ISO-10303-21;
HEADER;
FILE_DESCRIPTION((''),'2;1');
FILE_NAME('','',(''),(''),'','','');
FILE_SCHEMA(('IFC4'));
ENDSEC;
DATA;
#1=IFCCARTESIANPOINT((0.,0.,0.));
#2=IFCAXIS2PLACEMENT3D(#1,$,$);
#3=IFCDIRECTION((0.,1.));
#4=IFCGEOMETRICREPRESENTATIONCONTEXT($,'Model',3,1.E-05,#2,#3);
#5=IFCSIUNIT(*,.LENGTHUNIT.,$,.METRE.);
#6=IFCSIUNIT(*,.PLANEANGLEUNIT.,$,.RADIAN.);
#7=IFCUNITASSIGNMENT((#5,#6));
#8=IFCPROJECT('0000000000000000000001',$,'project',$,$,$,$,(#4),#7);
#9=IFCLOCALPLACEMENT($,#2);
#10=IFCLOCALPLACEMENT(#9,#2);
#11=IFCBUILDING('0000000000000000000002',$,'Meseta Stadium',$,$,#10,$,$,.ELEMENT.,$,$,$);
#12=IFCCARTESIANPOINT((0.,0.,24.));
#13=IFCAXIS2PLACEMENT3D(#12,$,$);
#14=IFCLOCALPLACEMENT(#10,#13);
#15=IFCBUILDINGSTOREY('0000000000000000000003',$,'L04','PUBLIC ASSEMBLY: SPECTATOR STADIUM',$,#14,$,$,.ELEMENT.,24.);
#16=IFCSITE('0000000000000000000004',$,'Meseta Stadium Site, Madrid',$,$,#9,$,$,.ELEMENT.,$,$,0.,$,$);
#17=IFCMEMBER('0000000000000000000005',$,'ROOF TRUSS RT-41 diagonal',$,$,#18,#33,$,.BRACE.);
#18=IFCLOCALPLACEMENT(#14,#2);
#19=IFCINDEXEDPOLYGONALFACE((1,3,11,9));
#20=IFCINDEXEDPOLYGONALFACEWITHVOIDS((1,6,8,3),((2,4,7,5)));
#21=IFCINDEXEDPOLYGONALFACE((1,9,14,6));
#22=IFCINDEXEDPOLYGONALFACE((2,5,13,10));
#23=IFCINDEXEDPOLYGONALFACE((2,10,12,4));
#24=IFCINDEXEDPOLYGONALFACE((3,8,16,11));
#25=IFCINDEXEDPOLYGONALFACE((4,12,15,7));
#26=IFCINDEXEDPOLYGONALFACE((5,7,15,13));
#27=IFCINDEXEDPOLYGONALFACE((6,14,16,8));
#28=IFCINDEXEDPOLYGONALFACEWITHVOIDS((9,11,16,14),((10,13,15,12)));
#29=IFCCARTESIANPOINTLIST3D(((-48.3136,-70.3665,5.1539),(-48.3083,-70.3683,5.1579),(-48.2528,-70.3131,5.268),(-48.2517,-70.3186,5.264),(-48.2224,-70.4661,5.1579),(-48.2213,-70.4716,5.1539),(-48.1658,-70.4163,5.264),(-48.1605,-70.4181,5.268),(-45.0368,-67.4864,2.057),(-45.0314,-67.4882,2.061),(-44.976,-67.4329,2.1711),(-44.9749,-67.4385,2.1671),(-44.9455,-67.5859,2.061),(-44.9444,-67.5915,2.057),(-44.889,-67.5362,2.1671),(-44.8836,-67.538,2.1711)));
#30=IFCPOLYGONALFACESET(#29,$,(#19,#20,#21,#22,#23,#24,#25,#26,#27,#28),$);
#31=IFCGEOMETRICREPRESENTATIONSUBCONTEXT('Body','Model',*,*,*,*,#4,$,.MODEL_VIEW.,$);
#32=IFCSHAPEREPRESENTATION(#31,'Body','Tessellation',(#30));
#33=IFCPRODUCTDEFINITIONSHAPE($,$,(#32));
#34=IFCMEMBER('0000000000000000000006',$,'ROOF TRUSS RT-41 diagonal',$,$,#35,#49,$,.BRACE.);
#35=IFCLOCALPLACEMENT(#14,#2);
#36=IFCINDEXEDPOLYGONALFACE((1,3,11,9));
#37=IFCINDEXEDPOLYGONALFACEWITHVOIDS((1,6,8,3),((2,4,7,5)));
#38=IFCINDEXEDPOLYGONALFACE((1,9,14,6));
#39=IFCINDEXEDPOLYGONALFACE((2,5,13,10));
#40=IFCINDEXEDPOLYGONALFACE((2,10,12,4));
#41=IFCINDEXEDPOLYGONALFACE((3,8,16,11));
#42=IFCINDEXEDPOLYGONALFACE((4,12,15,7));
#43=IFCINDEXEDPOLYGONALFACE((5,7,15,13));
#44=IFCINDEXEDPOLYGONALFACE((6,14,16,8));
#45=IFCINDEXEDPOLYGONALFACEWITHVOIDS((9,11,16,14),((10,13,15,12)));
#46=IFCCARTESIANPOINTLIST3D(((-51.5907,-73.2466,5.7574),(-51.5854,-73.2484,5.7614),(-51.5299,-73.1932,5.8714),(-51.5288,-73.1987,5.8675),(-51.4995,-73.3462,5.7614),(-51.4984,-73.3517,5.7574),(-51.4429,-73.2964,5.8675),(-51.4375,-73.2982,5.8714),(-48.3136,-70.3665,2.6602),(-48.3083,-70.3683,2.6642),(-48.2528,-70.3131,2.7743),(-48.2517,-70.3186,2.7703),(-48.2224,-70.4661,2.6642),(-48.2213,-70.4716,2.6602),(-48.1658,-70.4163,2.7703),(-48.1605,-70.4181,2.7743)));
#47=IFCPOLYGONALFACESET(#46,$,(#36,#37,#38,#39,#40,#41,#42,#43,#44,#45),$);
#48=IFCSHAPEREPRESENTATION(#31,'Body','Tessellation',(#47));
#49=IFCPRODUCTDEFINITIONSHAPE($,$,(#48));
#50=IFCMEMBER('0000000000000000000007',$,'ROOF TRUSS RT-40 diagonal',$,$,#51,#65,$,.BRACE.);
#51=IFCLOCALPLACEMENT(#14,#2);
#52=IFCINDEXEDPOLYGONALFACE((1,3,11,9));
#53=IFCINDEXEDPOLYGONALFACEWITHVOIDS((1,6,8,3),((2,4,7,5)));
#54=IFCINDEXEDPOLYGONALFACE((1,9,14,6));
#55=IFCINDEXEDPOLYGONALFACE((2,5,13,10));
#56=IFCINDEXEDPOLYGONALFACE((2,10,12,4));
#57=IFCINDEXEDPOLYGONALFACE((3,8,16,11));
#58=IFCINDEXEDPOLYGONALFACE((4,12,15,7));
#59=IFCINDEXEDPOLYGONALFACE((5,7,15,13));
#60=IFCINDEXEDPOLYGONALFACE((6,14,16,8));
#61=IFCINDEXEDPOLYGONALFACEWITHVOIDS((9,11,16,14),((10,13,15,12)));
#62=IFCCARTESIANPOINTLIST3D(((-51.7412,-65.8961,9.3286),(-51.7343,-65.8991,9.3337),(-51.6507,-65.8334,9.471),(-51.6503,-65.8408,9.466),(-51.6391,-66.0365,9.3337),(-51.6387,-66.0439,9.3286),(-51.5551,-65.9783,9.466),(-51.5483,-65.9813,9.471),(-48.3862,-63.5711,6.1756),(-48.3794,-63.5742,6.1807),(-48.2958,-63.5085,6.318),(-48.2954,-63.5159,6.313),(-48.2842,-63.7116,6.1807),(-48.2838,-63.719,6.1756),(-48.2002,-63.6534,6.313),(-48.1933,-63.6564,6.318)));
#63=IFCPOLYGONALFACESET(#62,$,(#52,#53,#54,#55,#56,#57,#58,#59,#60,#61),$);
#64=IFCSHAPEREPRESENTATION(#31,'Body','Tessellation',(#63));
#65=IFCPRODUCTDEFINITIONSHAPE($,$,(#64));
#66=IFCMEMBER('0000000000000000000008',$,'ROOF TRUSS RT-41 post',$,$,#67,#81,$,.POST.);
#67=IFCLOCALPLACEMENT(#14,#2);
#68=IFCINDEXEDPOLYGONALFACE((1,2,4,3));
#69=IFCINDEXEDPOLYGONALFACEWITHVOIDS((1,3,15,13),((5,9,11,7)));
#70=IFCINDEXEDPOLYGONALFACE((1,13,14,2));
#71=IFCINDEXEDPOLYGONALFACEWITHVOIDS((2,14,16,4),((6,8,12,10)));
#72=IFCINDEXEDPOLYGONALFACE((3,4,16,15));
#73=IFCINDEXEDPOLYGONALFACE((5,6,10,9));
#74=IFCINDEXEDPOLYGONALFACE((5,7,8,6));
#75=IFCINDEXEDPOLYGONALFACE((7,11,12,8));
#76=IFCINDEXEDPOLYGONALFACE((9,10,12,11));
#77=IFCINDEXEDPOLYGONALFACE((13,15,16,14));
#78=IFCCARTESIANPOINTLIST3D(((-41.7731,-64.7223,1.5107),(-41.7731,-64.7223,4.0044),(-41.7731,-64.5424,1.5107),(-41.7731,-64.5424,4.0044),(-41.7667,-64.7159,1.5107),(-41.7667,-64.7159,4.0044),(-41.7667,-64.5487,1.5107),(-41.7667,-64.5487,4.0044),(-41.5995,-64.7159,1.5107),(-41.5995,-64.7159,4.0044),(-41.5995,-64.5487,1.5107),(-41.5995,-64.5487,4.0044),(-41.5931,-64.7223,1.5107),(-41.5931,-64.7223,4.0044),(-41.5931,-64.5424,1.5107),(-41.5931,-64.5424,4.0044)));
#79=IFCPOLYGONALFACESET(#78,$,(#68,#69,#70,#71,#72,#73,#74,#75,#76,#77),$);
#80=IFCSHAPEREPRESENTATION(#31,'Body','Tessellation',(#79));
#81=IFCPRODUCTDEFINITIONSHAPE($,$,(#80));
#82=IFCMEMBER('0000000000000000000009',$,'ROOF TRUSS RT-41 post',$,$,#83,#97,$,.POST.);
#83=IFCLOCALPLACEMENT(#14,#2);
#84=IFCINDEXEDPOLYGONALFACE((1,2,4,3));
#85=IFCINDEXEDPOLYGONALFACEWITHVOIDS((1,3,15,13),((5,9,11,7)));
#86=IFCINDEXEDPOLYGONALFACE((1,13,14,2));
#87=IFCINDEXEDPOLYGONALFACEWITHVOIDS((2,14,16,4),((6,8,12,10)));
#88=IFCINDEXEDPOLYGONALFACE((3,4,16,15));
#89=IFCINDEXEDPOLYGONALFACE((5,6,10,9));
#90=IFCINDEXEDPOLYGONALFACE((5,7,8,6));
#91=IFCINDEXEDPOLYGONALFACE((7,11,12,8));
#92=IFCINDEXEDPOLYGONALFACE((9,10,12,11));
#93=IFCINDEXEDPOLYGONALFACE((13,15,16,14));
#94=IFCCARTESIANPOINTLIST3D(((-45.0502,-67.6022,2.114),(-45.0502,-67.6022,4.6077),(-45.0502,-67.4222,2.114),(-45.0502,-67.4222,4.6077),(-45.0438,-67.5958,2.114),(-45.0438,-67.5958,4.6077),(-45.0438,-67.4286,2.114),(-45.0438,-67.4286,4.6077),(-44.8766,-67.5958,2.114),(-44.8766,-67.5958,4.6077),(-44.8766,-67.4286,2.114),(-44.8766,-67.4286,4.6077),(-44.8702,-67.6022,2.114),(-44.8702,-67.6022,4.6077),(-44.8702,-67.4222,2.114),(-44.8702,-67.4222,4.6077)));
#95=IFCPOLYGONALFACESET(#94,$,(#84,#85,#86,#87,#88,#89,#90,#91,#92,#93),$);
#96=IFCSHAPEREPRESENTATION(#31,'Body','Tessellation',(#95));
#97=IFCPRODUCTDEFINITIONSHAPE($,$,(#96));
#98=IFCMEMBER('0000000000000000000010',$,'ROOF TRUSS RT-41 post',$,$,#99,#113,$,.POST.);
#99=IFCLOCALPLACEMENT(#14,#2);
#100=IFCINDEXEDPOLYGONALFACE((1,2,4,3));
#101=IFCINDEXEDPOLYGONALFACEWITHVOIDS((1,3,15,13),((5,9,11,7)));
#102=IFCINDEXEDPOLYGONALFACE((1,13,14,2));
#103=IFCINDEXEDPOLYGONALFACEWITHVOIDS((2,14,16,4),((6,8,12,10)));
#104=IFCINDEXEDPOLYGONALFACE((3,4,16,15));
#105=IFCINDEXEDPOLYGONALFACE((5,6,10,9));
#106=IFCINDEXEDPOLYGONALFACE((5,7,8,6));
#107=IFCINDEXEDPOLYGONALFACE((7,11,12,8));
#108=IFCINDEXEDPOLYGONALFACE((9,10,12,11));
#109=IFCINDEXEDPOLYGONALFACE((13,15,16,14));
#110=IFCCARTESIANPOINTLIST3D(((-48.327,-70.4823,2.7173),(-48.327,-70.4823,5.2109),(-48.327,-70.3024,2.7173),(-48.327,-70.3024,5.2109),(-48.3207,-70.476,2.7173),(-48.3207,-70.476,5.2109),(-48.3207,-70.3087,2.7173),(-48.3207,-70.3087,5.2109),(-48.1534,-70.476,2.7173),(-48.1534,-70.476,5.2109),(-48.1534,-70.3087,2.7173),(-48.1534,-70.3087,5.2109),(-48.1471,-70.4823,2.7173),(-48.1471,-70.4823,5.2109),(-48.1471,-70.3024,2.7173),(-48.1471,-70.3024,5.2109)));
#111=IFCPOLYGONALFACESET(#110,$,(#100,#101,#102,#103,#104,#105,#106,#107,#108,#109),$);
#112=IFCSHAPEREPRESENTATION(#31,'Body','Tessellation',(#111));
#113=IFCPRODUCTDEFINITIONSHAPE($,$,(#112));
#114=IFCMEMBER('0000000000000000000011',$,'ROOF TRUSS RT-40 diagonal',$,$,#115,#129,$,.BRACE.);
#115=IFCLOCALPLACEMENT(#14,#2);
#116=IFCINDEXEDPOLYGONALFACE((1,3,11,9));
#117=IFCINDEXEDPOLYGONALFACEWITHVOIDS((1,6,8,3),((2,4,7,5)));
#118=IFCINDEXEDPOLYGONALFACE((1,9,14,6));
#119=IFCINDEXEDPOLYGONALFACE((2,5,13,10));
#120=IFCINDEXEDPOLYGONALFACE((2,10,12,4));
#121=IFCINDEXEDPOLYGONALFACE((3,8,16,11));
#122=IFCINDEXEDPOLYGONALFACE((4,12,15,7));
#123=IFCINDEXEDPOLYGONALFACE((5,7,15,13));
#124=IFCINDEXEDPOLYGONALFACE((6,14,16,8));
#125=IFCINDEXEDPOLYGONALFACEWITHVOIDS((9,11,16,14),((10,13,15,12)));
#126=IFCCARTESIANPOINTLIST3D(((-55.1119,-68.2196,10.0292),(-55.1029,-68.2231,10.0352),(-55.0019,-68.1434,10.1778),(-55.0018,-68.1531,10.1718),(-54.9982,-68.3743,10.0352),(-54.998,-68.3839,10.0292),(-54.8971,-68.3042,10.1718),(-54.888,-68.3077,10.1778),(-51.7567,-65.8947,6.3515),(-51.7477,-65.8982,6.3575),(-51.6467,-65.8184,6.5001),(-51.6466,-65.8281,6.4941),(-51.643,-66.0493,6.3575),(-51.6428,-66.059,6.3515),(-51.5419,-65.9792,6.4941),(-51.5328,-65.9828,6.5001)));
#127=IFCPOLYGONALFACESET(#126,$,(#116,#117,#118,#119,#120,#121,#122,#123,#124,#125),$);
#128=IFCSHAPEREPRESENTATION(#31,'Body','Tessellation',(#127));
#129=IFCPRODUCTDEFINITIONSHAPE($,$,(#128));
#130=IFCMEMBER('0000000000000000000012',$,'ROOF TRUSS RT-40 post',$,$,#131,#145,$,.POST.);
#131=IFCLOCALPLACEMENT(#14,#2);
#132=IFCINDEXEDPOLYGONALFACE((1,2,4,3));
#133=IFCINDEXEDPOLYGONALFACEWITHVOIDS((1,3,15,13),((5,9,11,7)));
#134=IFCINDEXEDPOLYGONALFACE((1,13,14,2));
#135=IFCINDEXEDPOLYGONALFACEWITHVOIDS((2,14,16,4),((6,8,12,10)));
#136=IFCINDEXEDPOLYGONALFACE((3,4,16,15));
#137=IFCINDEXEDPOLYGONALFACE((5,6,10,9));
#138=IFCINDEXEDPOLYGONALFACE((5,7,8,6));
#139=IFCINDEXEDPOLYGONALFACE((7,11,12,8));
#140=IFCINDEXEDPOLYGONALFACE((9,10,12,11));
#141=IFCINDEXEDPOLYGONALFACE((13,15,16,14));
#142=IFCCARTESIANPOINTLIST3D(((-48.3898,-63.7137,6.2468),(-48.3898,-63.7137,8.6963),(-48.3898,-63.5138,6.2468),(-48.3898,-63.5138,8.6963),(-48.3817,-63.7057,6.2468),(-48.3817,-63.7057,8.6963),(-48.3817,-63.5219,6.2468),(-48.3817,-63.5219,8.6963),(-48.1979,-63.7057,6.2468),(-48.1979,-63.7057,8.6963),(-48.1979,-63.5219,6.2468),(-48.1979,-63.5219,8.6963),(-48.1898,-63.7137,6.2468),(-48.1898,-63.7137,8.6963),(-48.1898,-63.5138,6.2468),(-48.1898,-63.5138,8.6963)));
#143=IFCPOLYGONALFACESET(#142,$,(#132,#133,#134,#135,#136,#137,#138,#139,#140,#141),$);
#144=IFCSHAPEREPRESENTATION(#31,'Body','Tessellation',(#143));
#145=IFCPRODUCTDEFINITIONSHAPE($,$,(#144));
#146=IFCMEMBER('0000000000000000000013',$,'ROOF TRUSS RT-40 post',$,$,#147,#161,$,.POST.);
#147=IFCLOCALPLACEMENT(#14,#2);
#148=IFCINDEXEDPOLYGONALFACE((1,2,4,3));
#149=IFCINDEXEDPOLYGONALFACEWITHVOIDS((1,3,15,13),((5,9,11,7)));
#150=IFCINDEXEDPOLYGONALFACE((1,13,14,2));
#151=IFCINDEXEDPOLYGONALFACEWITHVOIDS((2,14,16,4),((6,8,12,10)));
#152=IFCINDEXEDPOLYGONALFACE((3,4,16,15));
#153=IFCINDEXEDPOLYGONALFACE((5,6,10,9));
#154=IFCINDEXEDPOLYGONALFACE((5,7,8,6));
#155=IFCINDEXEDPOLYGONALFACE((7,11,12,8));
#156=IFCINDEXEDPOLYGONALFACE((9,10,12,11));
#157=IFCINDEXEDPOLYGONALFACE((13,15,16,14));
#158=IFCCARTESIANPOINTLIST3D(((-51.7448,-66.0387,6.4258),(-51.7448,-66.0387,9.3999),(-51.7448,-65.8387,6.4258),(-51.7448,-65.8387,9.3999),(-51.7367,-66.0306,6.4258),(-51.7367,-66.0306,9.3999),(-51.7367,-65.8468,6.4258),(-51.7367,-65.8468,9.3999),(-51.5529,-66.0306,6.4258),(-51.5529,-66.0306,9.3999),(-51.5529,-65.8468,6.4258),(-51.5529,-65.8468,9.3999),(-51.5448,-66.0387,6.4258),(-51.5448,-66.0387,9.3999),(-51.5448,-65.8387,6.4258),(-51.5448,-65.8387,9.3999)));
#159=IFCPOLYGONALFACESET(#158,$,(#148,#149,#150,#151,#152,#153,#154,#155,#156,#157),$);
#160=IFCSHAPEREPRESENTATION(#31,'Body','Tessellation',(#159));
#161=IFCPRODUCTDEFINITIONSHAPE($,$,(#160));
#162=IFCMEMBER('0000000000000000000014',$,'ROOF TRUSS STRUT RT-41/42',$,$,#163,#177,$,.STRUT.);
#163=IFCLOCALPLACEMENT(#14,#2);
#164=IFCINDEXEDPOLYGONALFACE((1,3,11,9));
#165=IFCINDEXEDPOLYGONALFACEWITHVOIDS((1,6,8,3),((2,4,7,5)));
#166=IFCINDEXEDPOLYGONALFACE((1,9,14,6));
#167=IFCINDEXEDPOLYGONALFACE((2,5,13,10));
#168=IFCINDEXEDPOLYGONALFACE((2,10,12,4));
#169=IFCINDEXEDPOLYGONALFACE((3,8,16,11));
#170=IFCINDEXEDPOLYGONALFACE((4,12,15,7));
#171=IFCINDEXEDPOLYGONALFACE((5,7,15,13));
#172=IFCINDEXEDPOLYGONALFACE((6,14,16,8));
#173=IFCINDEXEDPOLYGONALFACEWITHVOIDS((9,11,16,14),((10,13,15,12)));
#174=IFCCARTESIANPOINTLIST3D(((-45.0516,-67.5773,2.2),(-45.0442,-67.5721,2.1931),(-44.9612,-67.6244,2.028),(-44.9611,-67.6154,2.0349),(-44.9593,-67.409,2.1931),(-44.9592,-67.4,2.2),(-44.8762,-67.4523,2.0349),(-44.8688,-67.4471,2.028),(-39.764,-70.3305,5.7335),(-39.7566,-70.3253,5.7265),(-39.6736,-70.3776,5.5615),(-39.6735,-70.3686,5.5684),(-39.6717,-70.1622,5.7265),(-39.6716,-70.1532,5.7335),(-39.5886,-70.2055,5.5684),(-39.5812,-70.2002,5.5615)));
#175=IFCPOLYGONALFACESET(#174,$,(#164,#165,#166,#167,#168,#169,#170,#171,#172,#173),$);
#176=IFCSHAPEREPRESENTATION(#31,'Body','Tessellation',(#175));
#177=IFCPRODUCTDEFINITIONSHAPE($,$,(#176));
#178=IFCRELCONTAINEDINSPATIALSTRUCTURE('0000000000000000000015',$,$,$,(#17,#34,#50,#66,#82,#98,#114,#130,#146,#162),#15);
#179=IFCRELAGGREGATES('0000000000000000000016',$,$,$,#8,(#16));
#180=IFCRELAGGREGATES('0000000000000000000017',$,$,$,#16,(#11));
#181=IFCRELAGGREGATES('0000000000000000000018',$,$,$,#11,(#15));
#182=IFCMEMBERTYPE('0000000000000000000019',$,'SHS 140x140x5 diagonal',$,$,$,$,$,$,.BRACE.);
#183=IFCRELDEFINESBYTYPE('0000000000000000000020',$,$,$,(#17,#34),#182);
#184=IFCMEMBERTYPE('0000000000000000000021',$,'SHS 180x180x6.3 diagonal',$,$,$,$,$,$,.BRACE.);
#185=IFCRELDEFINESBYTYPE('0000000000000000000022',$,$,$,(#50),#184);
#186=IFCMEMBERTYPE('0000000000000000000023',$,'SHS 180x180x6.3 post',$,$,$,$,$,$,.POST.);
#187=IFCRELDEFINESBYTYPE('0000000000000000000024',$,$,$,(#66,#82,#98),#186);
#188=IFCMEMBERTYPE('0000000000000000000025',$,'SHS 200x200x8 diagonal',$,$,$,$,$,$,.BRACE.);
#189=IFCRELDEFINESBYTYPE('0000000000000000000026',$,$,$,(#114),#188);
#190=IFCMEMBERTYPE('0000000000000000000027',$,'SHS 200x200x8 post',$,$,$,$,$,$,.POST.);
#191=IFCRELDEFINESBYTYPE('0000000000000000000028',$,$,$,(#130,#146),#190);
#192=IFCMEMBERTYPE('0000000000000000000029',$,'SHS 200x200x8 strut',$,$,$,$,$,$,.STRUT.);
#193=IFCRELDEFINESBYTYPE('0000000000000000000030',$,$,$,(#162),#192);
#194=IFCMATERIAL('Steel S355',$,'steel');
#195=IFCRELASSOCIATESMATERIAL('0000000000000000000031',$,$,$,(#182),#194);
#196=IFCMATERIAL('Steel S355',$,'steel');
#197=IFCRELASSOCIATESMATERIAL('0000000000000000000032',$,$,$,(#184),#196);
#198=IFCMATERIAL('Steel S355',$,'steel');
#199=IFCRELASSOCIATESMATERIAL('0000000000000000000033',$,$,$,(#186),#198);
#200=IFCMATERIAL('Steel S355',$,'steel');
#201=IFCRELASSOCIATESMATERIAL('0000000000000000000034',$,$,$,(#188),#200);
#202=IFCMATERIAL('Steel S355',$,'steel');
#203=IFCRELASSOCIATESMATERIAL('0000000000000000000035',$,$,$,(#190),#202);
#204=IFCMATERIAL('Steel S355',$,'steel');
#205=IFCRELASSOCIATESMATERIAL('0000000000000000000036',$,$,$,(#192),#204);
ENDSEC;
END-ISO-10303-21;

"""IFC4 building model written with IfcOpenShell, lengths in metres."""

from ifc_helpers import new_model, si_unit, direction, frame, origin, origin_2d, place, context, subcontext, project, spatial, hollow_rectangle, extrude, material, material_profile, profile_set, type_object, element, save


model = new_model("IFC4")

# Units and contexts
model_context = context("Model", 3, precision=1e-05, world=origin(), true_north=direction((0.0, 1.0)))
body_context = subcontext(model_context, "Body", "Model", "MODEL_VIEW")
ifc_project = project(units=[si_unit("LENGTHUNIT", "METRE"), si_unit("PLANEANGLEUNIT", "RADIAN")], contexts=[model_context])

# Site, building, storey
site_placement = place(None, origin())
site = spatial("IfcSite", under=ifc_project, at=site_placement, Name="Meseta Stadium Site, Madrid", CompositionType="ELEMENT", RefElevation=0.0)
building_placement = place(site_placement, origin())
building = spatial("IfcBuilding", under=site, at=building_placement, Name="Meseta Stadium", CompositionType="ELEMENT")
storey_placement = place(building_placement, frame((0.0, 0.0, 24.0)))
storey = spatial("IfcBuildingStorey", under=building, at=storey_placement, Name="L04", Description="PUBLIC ASSEMBLY: SPECTATOR STADIUM", CompositionType="ELEMENT", Elevation=24.0)

# Members
ifc_material_1 = material(Name="Steel S355", Category="steel")
ifc_material_profile_1 = material_profile(ifc_material_1, hollow_rectangle(XDim=0.1399, YDim=0.1399, WallThickness=0.0049, at=origin_2d()), Name="SHS 140x140x5")
ifc_profile_set_1 = profile_set([ifc_material_profile_1], Name="Steel S355")
member_type_1 = type_object("IfcMemberType", Name="SHS 140x140x5 diagonal", PredefinedType="BRACE", material=ifc_profile_set_1)
member_1_placement = place(storey_placement, frame((-44.9602, -67.5122, 2.114), z_axis=(-0.612482, -0.538329, 0.578851), x_axis=(0.660175, -0.751112, 0.0)))
element("IfcMember", 1, at=member_1_placement, inside=storey, type_object=member_type_1, Name="ROOF TRUSS RT-41 diagonal", PredefinedType="BRACE", context=body_context, shape_type="SweptSolid", body=[
    extrude(hollow_rectangle(XDim=0.1399, YDim=0.1399, WallThickness=0.0049, at=origin_2d()), origin(), (0.0, 0.0, 1.0), 5.3501),
])
member_2_placement = place(storey_placement, frame((-48.2371, -70.3923, 2.7173), z_axis=(-0.612494, -0.5383, 0.578865), x_axis=(0.660147, -0.751136, 0.0)))
element("IfcMember", 2, at=member_2_placement, inside=storey, type_object=member_type_1, Name="ROOF TRUSS RT-41 diagonal", PredefinedType="BRACE", context=body_context, shape_type="SweptSolid", body=[
    extrude(hollow_rectangle(XDim=0.1399, YDim=0.1399, WallThickness=0.0049, at=origin_2d()), origin(), (0.0, 0.0, 1.0), 5.3503),
])
ifc_material_2 = material(Name="Steel S355", Category="steel")
ifc_material_profile_2 = material_profile(ifc_material_2, hollow_rectangle(XDim=0.1799, YDim=0.1799, WallThickness=0.0063, at=origin_2d()), Name="SHS 180x180x6.3")
ifc_profile_set_2 = profile_set([ifc_material_profile_2], Name="Steel S355")
member_type_2 = type_object("IfcMemberType", Name="SHS 180x180x6.3 diagonal", PredefinedType="BRACE", material=ifc_profile_set_2)
member_3_placement = place(storey_placement, frame((-48.2898, -63.6138, 6.2468), z_axis=(-0.650464, -0.450762, 0.611319), x_axis=(0.569586, -0.821932, 0.0)))
element("IfcMember", 3, at=member_3_placement, inside=storey, type_object=member_type_2, Name="ROOF TRUSS RT-40 diagonal", PredefinedType="BRACE", context=body_context, shape_type="SweptSolid", body=[
    extrude(hollow_rectangle(XDim=0.1799, YDim=0.1799, WallThickness=0.0063, at=origin_2d()), origin(), (0.0, 0.0, 1.0), 5.1577),
])
ifc_material_3 = material(Name="Steel S355", Category="steel")
ifc_material_profile_3 = material_profile(ifc_material_3, hollow_rectangle(XDim=0.1799, YDim=0.1799, WallThickness=0.0063, at=origin_2d()), Name="SHS 180x180x6.3")
ifc_profile_set_3 = profile_set([ifc_material_profile_3], Name="Steel S355")
member_type_3 = type_object("IfcMemberType", Name="SHS 180x180x6.3 post", PredefinedType="POST", material=ifc_profile_set_3)
for number, where, z_axis, x_axis, name in (
    (4, (-41.6831, -64.6323, 1.5107), (0.0, 0.0, 1.0), (1.0, 0.0, 0.0), "ROOF TRUSS RT-41 post"),
    (5, (-44.9602, -67.5122, 2.114), (0.0, 0.0, 1.0), (1.0, 0.0, 0.0), "ROOF TRUSS RT-41 post"),
    (6, (-48.2371, -70.3923, 2.7173), (0.0, 0.0, 1.0), (1.0, 0.0, 0.0), "ROOF TRUSS RT-41 post"),
):
    element("IfcMember", number, at=place(storey_placement, frame(where, z_axis=z_axis, x_axis=x_axis)), inside=storey, type_object=member_type_3, Name=name, PredefinedType="POST", context=body_context, shape_type="SweptSolid", body=[
        extrude(hollow_rectangle(XDim=0.1799, YDim=0.1799, WallThickness=0.0063, at=origin_2d()), origin(), (0.0, 0.0, 1.0), 2.4937),
    ])
ifc_material_4 = material(Name="Steel S355", Category="steel")
ifc_material_profile_4 = material_profile(ifc_material_4, hollow_rectangle(XDim=0.2, YDim=0.2, WallThickness=0.0081, at=origin_2d()), Name="SHS 200x200x8")
ifc_profile_set_4 = profile_set([ifc_material_profile_4], Name="Steel S355")
member_type_4 = type_object("IfcMemberType", Name="SHS 200x200x8 diagonal", PredefinedType="BRACE", material=ifc_profile_set_4)
member_4_placement = place(storey_placement, frame((-51.6448, -65.9387, 6.4258), z_axis=(-0.61066, -0.423148, 0.669358), x_axis=(0.569558, -0.821951, 0.0)))
element("IfcMember", 7, at=member_4_placement, inside=storey, type_object=member_type_4, Name="ROOF TRUSS RT-40 diagonal", PredefinedType="BRACE", context=body_context, shape_type="SweptSolid", body=[
    extrude(hollow_rectangle(XDim=0.2, YDim=0.2, WallThickness=0.0081, at=origin_2d()), origin(), (0.0, 0.0, 1.0), 5.4944),
])
ifc_material_5 = material(Name="Steel S355", Category="steel")
ifc_material_profile_5 = material_profile(ifc_material_5, hollow_rectangle(XDim=0.2, YDim=0.2, WallThickness=0.0081, at=origin_2d()), Name="SHS 200x200x8")
ifc_profile_set_5 = profile_set([ifc_material_profile_5], Name="Steel S355")
member_type_5 = type_object("IfcMemberType", Name="SHS 200x200x8 post", PredefinedType="POST", material=ifc_profile_set_5)
member_5_placement = place(storey_placement, frame((-48.2898, -63.6138, 6.2468), z_axis=(0.0, 0.0, 1.0), x_axis=(1.0, 0.0, 0.0)))
element("IfcMember", 8, at=member_5_placement, inside=storey, type_object=member_type_5, Name="ROOF TRUSS RT-40 post", PredefinedType="POST", context=body_context, shape_type="SweptSolid", body=[
    extrude(hollow_rectangle(XDim=0.2, YDim=0.2, WallThickness=0.0081, at=origin_2d()), origin(), (0.0, 0.0, 1.0), 2.4495),
])
member_6_placement = place(storey_placement, frame((-51.6448, -65.9387, 6.4258), z_axis=(0.0, 0.0, 1.0), x_axis=(1.0, 0.0, 0.0)))
element("IfcMember", 9, at=member_6_placement, inside=storey, type_object=member_type_5, Name="ROOF TRUSS RT-40 post", PredefinedType="POST", context=body_context, shape_type="SweptSolid", body=[
    extrude(hollow_rectangle(XDim=0.2, YDim=0.2, WallThickness=0.0081, at=origin_2d()), origin(), (0.0, 0.0, 1.0), 2.9741),
])
ifc_material_6 = material(Name="Steel S355", Category="steel")
ifc_material_profile_6 = material_profile(ifc_material_6, hollow_rectangle(XDim=0.2, YDim=0.2, WallThickness=0.0081, at=origin_2d()), Name="SHS 200x200x8")
ifc_profile_set_6 = profile_set([ifc_material_profile_6], Name="Steel S355")
member_type_6 = type_object("IfcMemberType", Name="SHS 200x200x8 strut", PredefinedType="STRUT", material=ifc_profile_set_6)
member_7_placement = place(storey_placement, frame((-44.9602, -67.5122, 2.114), z_axis=(0.763009, -0.397287, 0.509882), x_axis=(0.461831, 0.886968, 0.0)))
element("IfcMember", 10, at=member_7_placement, inside=storey, type_object=member_type_6, Name="ROOF TRUSS STRUT RT-41/42", PredefinedType="STRUT", context=body_context, shape_type="SweptSolid", body=[
    extrude(hollow_rectangle(XDim=0.2, YDim=0.2, WallThickness=0.0081, at=origin_2d()), origin(), (0.0, 0.0, 1.0), 6.9299),
])

save(model, "model.ifc")
